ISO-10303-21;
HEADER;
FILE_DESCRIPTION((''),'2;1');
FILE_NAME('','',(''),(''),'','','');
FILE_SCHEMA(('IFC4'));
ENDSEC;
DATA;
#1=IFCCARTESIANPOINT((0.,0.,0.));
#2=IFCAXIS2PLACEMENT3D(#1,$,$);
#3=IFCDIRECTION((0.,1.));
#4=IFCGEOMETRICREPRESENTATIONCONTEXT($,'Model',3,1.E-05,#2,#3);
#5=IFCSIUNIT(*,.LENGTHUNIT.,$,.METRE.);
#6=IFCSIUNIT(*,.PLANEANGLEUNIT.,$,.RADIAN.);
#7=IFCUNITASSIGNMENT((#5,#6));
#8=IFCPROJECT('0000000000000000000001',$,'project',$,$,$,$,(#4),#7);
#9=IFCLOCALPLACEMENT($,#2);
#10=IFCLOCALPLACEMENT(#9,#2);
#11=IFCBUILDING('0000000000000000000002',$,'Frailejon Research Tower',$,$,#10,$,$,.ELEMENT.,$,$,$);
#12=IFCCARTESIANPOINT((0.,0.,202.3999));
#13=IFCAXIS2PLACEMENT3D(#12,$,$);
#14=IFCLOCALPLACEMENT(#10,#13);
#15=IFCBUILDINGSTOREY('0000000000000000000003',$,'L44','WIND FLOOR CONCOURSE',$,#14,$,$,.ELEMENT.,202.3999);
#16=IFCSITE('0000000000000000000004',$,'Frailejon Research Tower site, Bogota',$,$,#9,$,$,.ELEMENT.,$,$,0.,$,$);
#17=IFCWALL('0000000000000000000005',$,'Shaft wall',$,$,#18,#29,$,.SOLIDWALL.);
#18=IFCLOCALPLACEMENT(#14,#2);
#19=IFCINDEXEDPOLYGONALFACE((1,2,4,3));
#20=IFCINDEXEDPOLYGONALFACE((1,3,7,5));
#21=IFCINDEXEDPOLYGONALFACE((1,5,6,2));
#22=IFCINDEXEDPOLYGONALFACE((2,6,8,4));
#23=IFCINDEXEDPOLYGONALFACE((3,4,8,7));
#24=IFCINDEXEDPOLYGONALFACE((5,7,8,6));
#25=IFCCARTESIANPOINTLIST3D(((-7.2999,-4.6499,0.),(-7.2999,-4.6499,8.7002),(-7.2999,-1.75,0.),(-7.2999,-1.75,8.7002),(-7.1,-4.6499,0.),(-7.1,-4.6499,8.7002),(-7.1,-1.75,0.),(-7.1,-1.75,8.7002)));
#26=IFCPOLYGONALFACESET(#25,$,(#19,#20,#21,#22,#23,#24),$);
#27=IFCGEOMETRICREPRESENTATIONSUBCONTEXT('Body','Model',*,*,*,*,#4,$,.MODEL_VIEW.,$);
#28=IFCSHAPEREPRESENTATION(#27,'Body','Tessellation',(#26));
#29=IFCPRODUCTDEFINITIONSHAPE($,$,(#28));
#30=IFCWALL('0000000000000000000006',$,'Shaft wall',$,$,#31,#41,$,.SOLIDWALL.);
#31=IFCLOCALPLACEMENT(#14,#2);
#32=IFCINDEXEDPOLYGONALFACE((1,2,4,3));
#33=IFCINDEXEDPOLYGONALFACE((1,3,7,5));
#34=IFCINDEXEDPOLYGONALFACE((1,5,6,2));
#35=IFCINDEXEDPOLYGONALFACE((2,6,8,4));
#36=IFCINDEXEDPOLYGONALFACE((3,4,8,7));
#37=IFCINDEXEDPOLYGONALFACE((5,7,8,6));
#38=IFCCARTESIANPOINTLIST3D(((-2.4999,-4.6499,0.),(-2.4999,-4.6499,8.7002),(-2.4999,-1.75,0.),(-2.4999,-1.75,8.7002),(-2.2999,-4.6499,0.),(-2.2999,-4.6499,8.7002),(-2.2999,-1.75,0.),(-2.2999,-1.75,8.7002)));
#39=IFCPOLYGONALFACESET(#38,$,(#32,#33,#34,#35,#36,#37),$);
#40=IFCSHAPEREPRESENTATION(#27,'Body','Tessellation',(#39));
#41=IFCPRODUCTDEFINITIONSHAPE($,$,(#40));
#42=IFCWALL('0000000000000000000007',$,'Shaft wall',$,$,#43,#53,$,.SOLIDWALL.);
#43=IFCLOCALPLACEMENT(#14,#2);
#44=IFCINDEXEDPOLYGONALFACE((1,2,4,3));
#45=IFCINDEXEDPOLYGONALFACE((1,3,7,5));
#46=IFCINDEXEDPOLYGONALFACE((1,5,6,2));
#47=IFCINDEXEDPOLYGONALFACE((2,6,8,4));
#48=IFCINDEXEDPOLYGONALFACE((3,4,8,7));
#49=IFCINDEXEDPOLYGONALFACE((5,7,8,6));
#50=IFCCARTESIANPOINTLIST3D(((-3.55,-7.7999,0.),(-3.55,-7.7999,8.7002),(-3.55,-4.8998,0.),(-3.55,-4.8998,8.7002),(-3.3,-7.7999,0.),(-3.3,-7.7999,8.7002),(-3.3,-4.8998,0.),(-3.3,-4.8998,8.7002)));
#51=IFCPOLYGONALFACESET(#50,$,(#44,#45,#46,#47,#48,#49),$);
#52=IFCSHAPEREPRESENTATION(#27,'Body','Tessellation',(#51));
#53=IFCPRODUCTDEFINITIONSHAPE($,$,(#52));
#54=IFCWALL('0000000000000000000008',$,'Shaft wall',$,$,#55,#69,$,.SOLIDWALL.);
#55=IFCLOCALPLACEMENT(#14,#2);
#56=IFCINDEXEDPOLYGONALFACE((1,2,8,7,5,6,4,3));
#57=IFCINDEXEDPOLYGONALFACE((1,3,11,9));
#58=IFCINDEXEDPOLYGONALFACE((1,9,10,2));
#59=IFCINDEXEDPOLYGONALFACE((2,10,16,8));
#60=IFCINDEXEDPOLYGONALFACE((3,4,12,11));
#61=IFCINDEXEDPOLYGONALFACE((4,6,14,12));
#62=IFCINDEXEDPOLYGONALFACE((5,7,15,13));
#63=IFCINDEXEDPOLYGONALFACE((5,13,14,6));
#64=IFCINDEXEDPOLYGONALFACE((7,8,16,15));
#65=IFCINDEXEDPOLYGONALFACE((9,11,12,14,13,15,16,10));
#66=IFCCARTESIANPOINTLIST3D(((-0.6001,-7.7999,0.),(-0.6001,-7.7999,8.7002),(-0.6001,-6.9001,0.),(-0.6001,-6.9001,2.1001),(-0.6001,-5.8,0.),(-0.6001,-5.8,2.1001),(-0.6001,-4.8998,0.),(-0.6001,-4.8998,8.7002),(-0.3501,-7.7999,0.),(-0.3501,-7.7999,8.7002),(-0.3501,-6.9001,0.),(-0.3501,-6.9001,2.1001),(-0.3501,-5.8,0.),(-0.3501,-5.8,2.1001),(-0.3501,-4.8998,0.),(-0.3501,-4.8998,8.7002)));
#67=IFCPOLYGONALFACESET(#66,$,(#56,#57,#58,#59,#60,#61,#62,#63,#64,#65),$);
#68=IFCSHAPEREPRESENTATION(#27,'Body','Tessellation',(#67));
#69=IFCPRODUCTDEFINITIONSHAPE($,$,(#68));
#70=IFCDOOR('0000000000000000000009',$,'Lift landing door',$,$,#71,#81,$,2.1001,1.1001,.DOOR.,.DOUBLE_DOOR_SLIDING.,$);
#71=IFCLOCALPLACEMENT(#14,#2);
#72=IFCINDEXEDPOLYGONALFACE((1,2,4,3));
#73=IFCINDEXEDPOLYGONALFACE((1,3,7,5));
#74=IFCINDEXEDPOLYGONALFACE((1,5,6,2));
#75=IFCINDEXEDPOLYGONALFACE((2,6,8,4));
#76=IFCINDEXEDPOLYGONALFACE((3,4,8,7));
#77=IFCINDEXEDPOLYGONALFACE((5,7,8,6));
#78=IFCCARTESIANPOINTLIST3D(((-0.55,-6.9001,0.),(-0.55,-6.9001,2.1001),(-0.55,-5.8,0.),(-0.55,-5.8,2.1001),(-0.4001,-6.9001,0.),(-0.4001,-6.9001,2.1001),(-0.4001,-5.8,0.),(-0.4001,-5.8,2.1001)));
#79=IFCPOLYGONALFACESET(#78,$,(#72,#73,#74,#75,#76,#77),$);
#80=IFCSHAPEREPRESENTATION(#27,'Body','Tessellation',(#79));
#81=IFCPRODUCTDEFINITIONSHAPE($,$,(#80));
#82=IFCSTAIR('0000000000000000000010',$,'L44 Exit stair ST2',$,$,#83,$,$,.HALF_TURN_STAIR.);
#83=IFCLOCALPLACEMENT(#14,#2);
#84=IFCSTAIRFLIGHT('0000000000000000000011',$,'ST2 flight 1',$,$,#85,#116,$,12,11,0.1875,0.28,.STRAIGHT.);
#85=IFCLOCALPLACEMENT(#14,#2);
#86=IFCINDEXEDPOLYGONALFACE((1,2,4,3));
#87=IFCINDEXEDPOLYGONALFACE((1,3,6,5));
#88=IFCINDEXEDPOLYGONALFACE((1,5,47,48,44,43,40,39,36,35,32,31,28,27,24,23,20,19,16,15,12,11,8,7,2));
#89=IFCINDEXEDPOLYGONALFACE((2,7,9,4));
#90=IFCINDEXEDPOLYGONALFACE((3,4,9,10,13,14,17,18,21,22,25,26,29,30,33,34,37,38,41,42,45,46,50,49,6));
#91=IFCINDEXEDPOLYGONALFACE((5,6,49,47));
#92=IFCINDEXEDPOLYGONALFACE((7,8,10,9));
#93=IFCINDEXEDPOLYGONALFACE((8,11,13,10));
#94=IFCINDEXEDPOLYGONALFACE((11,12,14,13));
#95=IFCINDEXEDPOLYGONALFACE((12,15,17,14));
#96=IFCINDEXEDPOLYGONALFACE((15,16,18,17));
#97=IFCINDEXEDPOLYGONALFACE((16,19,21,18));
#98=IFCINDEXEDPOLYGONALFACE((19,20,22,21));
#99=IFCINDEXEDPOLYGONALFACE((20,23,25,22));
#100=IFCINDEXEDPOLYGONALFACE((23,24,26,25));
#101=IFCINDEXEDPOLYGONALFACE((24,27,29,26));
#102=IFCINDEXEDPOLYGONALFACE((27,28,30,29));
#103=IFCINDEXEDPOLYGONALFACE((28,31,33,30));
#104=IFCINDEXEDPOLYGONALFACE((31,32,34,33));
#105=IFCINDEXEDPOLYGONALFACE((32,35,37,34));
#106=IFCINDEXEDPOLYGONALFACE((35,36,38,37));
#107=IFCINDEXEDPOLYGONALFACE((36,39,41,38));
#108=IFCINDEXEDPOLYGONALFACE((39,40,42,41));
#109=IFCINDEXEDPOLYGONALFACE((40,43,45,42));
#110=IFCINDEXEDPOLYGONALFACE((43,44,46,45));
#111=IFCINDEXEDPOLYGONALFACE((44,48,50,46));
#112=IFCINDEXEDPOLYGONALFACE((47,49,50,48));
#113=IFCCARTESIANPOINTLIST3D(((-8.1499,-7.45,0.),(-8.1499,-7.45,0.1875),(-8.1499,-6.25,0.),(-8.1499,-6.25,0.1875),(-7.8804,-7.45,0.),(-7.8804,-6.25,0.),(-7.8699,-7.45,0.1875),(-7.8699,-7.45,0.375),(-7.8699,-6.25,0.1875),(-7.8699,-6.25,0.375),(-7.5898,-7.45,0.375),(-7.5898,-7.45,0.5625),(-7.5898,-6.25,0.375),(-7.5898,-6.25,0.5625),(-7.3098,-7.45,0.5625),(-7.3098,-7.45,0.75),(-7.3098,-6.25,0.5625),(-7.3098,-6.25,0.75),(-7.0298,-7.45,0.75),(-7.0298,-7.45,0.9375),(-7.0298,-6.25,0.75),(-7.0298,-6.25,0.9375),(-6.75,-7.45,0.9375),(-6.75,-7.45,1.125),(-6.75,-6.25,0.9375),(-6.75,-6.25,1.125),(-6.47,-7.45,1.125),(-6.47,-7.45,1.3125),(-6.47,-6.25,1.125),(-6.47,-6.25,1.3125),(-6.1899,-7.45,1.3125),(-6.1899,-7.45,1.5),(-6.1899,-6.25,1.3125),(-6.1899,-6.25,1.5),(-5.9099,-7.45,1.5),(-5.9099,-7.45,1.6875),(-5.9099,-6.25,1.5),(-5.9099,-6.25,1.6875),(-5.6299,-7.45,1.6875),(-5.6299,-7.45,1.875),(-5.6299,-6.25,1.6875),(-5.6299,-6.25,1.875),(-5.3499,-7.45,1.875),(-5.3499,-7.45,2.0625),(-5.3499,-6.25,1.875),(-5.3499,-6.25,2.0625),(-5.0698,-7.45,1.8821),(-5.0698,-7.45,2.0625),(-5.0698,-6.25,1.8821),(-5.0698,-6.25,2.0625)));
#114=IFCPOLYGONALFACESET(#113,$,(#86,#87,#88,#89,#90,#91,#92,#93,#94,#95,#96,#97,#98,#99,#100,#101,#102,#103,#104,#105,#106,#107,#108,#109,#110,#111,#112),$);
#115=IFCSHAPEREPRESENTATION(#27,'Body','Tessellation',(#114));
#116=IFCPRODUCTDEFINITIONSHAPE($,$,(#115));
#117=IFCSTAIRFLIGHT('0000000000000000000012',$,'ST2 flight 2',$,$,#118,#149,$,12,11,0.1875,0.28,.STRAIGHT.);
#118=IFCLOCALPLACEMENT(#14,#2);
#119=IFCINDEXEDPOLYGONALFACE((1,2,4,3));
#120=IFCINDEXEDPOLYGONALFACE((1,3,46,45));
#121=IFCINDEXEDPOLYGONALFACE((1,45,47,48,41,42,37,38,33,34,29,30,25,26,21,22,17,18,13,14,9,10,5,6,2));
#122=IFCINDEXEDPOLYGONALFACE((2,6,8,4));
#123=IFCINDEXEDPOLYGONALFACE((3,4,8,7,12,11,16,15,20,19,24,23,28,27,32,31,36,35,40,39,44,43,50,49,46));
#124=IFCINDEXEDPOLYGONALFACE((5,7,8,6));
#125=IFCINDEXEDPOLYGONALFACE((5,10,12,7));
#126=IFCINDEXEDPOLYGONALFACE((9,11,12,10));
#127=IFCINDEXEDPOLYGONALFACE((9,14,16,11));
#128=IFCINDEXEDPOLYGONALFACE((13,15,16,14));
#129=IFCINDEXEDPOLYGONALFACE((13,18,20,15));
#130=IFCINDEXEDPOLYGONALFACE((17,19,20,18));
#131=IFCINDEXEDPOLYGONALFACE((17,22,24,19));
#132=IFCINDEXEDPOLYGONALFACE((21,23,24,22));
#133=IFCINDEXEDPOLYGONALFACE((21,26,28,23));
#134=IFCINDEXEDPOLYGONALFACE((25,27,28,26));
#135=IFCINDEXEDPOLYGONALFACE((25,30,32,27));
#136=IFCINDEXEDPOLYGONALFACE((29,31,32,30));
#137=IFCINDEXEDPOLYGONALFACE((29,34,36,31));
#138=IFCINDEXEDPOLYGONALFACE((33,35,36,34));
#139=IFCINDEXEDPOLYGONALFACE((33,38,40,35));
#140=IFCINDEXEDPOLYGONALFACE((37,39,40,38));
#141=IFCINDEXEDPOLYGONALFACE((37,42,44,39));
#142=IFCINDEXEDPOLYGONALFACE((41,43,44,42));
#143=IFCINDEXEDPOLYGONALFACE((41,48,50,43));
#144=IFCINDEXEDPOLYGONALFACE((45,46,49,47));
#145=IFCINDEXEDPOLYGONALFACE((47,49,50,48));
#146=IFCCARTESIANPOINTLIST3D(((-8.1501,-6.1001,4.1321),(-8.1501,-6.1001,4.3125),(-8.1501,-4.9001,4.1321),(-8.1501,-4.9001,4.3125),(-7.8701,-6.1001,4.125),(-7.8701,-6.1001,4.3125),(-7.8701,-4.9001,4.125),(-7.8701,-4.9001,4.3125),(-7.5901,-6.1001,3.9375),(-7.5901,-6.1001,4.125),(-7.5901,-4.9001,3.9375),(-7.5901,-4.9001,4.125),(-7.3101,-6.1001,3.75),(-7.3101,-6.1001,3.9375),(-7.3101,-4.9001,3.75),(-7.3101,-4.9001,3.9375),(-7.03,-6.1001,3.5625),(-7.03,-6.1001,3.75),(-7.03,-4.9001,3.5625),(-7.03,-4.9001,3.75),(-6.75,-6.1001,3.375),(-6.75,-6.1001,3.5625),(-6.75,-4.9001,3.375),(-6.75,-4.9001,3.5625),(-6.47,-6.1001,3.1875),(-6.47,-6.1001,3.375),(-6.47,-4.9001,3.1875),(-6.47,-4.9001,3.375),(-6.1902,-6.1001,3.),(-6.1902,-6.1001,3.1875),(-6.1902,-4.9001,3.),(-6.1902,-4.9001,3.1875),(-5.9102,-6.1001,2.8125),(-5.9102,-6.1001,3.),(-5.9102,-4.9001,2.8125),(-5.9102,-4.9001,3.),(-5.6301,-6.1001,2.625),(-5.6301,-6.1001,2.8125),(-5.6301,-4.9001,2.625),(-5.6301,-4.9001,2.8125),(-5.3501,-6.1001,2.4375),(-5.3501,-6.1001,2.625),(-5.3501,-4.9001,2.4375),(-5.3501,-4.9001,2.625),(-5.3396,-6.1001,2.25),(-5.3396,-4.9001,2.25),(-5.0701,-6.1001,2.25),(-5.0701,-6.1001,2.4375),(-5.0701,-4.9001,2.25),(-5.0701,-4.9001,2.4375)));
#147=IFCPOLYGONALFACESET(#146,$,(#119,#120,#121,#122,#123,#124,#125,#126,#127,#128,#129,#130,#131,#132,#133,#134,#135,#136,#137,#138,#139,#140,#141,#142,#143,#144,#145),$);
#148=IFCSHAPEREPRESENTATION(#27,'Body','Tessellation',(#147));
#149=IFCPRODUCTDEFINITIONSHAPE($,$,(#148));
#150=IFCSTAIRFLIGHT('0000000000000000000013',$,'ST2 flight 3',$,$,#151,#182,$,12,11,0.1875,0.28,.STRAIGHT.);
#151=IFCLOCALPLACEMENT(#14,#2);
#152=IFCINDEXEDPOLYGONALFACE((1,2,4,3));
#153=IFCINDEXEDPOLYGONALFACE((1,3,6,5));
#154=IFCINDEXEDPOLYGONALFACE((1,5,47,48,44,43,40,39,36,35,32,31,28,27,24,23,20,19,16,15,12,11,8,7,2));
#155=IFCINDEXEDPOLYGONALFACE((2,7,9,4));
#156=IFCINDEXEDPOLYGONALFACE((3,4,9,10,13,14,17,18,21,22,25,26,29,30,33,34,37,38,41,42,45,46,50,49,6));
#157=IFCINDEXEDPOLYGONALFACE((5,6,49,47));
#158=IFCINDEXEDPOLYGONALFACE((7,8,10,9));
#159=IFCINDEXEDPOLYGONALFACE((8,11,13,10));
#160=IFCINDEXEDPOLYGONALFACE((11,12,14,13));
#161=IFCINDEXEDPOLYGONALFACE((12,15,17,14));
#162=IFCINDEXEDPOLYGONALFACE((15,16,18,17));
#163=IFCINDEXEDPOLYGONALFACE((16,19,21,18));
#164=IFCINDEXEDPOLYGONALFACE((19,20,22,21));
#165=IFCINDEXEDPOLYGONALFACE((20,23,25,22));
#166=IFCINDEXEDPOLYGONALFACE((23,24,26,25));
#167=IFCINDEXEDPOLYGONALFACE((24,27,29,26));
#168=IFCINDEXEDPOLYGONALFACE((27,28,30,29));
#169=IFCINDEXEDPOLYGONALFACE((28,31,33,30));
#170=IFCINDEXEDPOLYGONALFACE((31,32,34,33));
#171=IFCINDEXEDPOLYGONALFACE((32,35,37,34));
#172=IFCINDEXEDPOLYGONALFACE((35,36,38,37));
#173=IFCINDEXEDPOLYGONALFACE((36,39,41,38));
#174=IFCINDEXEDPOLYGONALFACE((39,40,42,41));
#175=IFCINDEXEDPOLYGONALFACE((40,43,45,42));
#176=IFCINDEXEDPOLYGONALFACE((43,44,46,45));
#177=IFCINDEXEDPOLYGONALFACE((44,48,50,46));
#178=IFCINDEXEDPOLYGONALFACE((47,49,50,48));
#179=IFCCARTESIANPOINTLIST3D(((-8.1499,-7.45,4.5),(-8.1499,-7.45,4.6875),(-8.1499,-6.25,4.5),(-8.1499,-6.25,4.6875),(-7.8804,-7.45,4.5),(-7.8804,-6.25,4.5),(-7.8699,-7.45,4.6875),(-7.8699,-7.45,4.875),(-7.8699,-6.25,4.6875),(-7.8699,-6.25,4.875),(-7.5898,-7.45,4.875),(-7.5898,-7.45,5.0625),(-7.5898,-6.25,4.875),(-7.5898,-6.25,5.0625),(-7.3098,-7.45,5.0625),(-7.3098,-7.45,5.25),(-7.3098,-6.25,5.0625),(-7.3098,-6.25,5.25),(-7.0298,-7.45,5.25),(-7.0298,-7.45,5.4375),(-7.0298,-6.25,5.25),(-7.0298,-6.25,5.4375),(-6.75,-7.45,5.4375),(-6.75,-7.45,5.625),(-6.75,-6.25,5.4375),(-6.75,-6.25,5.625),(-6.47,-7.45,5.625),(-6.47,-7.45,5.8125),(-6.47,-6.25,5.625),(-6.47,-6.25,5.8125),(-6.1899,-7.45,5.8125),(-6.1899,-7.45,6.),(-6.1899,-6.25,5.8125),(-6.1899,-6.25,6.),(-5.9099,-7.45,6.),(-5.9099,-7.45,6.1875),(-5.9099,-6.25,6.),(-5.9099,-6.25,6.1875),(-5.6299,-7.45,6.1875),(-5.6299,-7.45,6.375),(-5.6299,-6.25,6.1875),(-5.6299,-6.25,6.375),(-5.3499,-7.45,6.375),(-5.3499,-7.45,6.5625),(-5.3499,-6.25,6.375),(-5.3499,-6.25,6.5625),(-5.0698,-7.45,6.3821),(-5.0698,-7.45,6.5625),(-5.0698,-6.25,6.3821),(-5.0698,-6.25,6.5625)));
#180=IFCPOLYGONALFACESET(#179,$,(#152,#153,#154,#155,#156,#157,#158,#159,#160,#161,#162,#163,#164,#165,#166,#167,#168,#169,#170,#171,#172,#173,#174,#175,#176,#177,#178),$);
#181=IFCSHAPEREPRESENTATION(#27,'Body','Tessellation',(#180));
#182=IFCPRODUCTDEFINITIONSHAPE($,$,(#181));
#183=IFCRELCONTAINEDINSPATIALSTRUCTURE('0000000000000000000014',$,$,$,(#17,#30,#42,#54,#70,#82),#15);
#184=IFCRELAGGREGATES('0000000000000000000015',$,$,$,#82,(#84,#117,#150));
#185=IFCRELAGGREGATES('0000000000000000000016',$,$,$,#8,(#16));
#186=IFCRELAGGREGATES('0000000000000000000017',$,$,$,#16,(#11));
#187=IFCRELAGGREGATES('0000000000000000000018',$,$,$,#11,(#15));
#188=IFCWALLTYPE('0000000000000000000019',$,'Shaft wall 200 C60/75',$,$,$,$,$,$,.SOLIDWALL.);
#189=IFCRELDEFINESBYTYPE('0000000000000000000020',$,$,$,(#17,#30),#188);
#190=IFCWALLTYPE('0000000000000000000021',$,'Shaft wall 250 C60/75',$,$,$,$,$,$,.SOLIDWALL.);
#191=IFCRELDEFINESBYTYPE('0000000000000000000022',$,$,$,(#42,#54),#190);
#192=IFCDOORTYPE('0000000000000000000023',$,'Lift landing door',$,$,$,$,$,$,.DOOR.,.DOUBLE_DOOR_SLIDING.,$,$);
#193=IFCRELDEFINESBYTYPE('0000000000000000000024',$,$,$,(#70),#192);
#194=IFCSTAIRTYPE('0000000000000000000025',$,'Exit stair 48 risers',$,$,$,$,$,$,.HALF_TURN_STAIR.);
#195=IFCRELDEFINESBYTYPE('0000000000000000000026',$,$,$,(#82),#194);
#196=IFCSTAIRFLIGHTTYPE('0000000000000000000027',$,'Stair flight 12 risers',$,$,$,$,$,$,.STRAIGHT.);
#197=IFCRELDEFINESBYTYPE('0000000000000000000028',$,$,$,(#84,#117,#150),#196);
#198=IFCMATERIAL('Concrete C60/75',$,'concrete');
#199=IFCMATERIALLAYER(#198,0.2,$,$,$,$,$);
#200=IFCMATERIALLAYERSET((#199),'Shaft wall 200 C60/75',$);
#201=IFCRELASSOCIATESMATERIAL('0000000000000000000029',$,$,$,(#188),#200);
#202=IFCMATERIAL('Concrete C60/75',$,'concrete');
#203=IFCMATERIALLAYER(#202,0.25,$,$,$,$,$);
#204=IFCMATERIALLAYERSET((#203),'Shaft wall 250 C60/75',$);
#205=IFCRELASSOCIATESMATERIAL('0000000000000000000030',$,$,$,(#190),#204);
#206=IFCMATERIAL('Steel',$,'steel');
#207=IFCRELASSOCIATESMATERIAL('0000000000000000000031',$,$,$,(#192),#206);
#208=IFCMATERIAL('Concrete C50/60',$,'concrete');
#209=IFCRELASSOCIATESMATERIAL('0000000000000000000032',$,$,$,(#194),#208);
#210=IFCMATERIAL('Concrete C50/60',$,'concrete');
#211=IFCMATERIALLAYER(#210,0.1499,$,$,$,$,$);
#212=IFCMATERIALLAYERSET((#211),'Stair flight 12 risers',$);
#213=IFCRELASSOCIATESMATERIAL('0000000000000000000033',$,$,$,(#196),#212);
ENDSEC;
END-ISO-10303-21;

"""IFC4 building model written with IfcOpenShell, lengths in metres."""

from ifc_helpers import new_model, si_unit, direction, frame, frame_2d, origin, place, context, subcontext, project, spatial, polyline, rectangle, outline, extrude, material, layer, layer_set, type_object, element, fill, aggregate, save


model = new_model("IFC4")

# Units and contexts
model_context = context("Model", 3, precision=1e-05, world=origin(), true_north=direction((0.0, 1.0)))
body_context = subcontext(model_context, "Body", "Model", "MODEL_VIEW")
ifc_project = project(units=[si_unit("LENGTHUNIT", "METRE"), si_unit("PLANEANGLEUNIT", "RADIAN")], contexts=[model_context])

# Site, building, storey
site_placement = place(None, origin())
site = spatial("IfcSite", under=ifc_project, at=site_placement, Name="Frailejon Research Tower site, Bogota", CompositionType="ELEMENT", RefElevation=0.0)
building_placement = place(site_placement, origin())
building = spatial("IfcBuilding", under=site, at=building_placement, Name="Frailejon Research Tower", CompositionType="ELEMENT")
storey_placement = place(building_placement, frame((0.0, 0.0, 202.3999)))
storey = spatial("IfcBuildingStorey", under=building, at=storey_placement, Name="L44", Description="WIND FLOOR CONCOURSE", CompositionType="ELEMENT", Elevation=202.3999)

# Walls
ifc_material_1 = material(Name="Concrete C60/75", Category="concrete")
ifc_layer_1 = layer(ifc_material_1, 0.2)
ifc_layer_set_1 = layer_set([ifc_layer_1], Name="Shaft wall 200 C60/75")
wall_type_1 = type_object("IfcWallType", Name="Shaft wall 200 C60/75", PredefinedType="SOLIDWALL", material=ifc_layer_set_1)
for number, where, z_axis, x_axis, name in (
    (1, (-7.2, -4.6499, 0.0), (0.0, 0.0, 1.0), (0.0, 1.0, 0.0), "Shaft wall"),
    (2, (-2.3999, -4.6499, 0.0), (0.0, 0.0, 1.0), (0.0, 1.0, 0.0), "Shaft wall"),
):
    element("IfcWall", number, at=place(storey_placement, frame(where, z_axis=z_axis, x_axis=x_axis)), inside=storey, type_object=wall_type_1, Name=name, PredefinedType="SOLIDWALL", context=body_context, shape_type="SweptSolid", body=[
        extrude(rectangle(XDim=2.8999, YDim=0.2, at=frame_2d((1.45, 0.0))), origin(), (0.0, 0.0, 1.0), 8.7002),
    ])
ifc_material_2 = material(Name="Concrete C60/75", Category="concrete")
ifc_layer_2 = layer(ifc_material_2, 0.25)
ifc_layer_set_2 = layer_set([ifc_layer_2], Name="Shaft wall 250 C60/75")
wall_type_2 = type_object("IfcWallType", Name="Shaft wall 250 C60/75", PredefinedType="SOLIDWALL", material=ifc_layer_set_2)
wall_1_placement = place(storey_placement, frame((-3.425, -7.8, 0.0), z_axis=(0.0, 0.0, 1.0), x_axis=(0.0, 1.0, 0.0)))
element("IfcWall", 3, at=wall_1_placement, inside=storey, type_object=wall_type_2, Name="Shaft wall", PredefinedType="SOLIDWALL", context=body_context, shape_type="SweptSolid", body=[
    extrude(rectangle(XDim=2.9001, YDim=0.25, at=frame_2d((1.4502, 0.0))), origin(), (0.0, 0.0, 1.0), 8.7002),
])

# Wall, opening, door
wall_2_placement = place(storey_placement, frame((-0.4751, -7.8, 0.0), z_axis=(0.0, 0.0, 1.0), x_axis=(0.0, 1.0, 0.0)))
wall_2 = element("IfcWall", 4, at=wall_2_placement, inside=storey, type_object=wall_type_2, Name="Shaft wall", PredefinedType="SOLIDWALL", context=body_context, shape_type="SweptSolid", body=[
    extrude(rectangle(XDim=2.9001, YDim=0.25, at=frame_2d((1.4502, 0.0))), origin(), (0.0, 0.0, 1.0), 8.7002),
])
opening_placement = place(wall_2_placement, frame((0.8999, 0.0, 0.0)))
opening = element("IfcOpeningElement", 5, at=opening_placement, cuts=wall_2, PredefinedType="OPENING", context=body_context, shape_type="SweptSolid", body=[
    extrude(rectangle(XDim=1.1001, YDim=2.1001, at=frame_2d((0.55, 1.05))), frame((0.0, 0.135, 0.0), z_axis=(0.0, -1.0, 0.0), x_axis=(1.0, 0.0, 0.0)), (0.0, 0.0, 1.0), 0.27),
])
ifc_material_3 = material(Name="Steel", Category="steel")
door_type = type_object("IfcDoorType", Name="Lift landing door", OperationType="DOUBLE_DOOR_SLIDING", PredefinedType="DOOR", material=ifc_material_3)
door_placement = place(opening_placement, origin())
door = element("IfcDoor", 6, at=door_placement, inside=storey, type_object=door_type, Name="Lift landing door", OperationType="DOUBLE_DOOR_SLIDING", OverallHeight=2.1001, OverallWidth=1.1001, PredefinedType="DOOR", context=body_context, shape_type="SweptSolid", body=[
    extrude(rectangle(XDim=1.1001, YDim=2.1001, at=frame_2d((0.55, 1.05))), frame((0.0, 0.075, 0.0), z_axis=(0.0, -1.0, 0.0), x_axis=(1.0, 0.0, 0.0)), (0.0, 0.0, 1.0), 0.1499),
])
fill(opening, door)

# Stair, stair flights
ifc_material_4 = material(Name="Concrete C50/60", Category="concrete")
stair_type = type_object("IfcStairType", Name="Exit stair 48 risers", PredefinedType="HALF_TURN_STAIR", material=ifc_material_4)
stair_placement = place(storey_placement, origin())
stair = element("IfcStair", 7, at=stair_placement, inside=storey, type_object=stair_type, Name="L44 Exit stair ST2", PredefinedType="HALF_TURN_STAIR")
ifc_material_5 = material(Name="Concrete C50/60", Category="concrete")
ifc_layer_3 = layer(ifc_material_5, 0.1499)
ifc_layer_set_3 = layer_set([ifc_layer_3], Name="Stair flight 12 risers")
stair_flight_type = type_object("IfcStairFlightType", Name="Stair flight 12 risers", PredefinedType="STRAIGHT", material=ifc_layer_set_3)
stair_flight_1_placement = place(storey_placement, frame((-8.1499, -6.8501, 0.0), z_axis=(0.0, 0.0, 1.0), x_axis=(1.0, 0.0, 0.0)))
stair_flight_1 = element("IfcStairFlight", 8, at=stair_flight_1_placement, type_object=stair_flight_type, Name="ST2 flight 1", NumberOfRisers=12, NumberOfTreads=11, PredefinedType="STRAIGHT", RiserHeight=0.1875, TreadLength=0.28, context=body_context, shape_type="SweptSolid", body=[
    extrude(outline(polyline([(0.0, 0.0), (0.0, 0.1875), (0.28, 0.1875), (0.28, 0.375), (0.5601, 0.375), (0.5601, 0.5625), (0.8401, 0.5625), (0.8401, 0.75), (1.1201, 0.75), (1.1201, 0.9375), (1.3999, 0.9375), (1.3999, 1.125), (1.6799, 1.125), (1.6799, 1.3125), (1.96, 1.3125), (1.96, 1.5), (2.24, 1.5), (2.24, 1.6875), (2.52, 1.6875), (2.52, 1.875), (2.8, 1.875), (2.8, 2.0625), (3.0801, 2.0625), (3.0801, 2.25), (3.0801, 1.8821), (0.2695, 0.0), (0.0, 0.0)])), frame((0.0, 0.6001, 0.0), z_axis=(0.0, -1.0, 0.0), x_axis=(1.0, 0.0, 0.0)), (0.0, 0.0, 1.0), 1.2),
])
stair_flight_2_placement = place(storey_placement, frame((-5.0701, -5.5, 2.25), z_axis=(0.0, 0.0, 1.0), x_axis=(-1.0, 0.0, 0.0)))
stair_flight_2 = element("IfcStairFlight", 9, at=stair_flight_2_placement, type_object=stair_flight_type, Name="ST2 flight 2", NumberOfRisers=12, NumberOfTreads=11, PredefinedType="STRAIGHT", RiserHeight=0.1875, TreadLength=0.28, context=body_context, shape_type="SweptSolid", body=[
    extrude(outline(polyline([(0.0, 0.0), (0.0, 0.1875), (0.28, 0.1875), (0.28, 0.375), (0.5601, 0.375), (0.5601, 0.5625), (0.8401, 0.5625), (0.8401, 0.75), (1.1201, 0.75), (1.1201, 0.9375), (1.3999, 0.9375), (1.3999, 1.125), (1.6799, 1.125), (1.6799, 1.3125), (1.96, 1.3125), (1.96, 1.5), (2.24, 1.5), (2.24, 1.6875), (2.52, 1.6875), (2.52, 1.875), (2.8, 1.875), (2.8, 2.0625), (3.0801, 2.0625), (3.0801, 2.25), (3.0801, 1.8821), (0.2695, 0.0), (0.0, 0.0)])), frame((0.0, 0.6001, 0.0), z_axis=(0.0, -1.0, 0.0), x_axis=(1.0, 0.0, 0.0)), (0.0, 0.0, 1.0), 1.2),
])
stair_flight_3_placement = place(storey_placement, frame((-8.1499, -6.8501, 4.5), z_axis=(0.0, 0.0, 1.0), x_axis=(1.0, 0.0, 0.0)))
stair_flight_3 = element("IfcStairFlight", 10, at=stair_flight_3_placement, type_object=stair_flight_type, Name="ST2 flight 3", NumberOfRisers=12, NumberOfTreads=11, PredefinedType="STRAIGHT", RiserHeight=0.1875, TreadLength=0.28, context=body_context, shape_type="SweptSolid", body=[
    extrude(outline(polyline([(0.0, 0.0), (0.0, 0.1875), (0.28, 0.1875), (0.28, 0.375), (0.5601, 0.375), (0.5601, 0.5625), (0.8401, 0.5625), (0.8401, 0.75), (1.1201, 0.75), (1.1201, 0.9375), (1.3999, 0.9375), (1.3999, 1.125), (1.6799, 1.125), (1.6799, 1.3125), (1.96, 1.3125), (1.96, 1.5), (2.24, 1.5), (2.24, 1.6875), (2.52, 1.6875), (2.52, 1.875), (2.8, 1.875), (2.8, 2.0625), (3.0801, 2.0625), (3.0801, 2.25), (3.0801, 1.8821), (0.2695, 0.0), (0.0, 0.0)])), frame((0.0, 0.6001, 0.0), z_axis=(0.0, -1.0, 0.0), x_axis=(1.0, 0.0, 0.0)), (0.0, 0.0, 1.0), 1.2),
])
aggregate(stair, [stair_flight_1, stair_flight_2, stair_flight_3])

save(model, "model.ifc")
